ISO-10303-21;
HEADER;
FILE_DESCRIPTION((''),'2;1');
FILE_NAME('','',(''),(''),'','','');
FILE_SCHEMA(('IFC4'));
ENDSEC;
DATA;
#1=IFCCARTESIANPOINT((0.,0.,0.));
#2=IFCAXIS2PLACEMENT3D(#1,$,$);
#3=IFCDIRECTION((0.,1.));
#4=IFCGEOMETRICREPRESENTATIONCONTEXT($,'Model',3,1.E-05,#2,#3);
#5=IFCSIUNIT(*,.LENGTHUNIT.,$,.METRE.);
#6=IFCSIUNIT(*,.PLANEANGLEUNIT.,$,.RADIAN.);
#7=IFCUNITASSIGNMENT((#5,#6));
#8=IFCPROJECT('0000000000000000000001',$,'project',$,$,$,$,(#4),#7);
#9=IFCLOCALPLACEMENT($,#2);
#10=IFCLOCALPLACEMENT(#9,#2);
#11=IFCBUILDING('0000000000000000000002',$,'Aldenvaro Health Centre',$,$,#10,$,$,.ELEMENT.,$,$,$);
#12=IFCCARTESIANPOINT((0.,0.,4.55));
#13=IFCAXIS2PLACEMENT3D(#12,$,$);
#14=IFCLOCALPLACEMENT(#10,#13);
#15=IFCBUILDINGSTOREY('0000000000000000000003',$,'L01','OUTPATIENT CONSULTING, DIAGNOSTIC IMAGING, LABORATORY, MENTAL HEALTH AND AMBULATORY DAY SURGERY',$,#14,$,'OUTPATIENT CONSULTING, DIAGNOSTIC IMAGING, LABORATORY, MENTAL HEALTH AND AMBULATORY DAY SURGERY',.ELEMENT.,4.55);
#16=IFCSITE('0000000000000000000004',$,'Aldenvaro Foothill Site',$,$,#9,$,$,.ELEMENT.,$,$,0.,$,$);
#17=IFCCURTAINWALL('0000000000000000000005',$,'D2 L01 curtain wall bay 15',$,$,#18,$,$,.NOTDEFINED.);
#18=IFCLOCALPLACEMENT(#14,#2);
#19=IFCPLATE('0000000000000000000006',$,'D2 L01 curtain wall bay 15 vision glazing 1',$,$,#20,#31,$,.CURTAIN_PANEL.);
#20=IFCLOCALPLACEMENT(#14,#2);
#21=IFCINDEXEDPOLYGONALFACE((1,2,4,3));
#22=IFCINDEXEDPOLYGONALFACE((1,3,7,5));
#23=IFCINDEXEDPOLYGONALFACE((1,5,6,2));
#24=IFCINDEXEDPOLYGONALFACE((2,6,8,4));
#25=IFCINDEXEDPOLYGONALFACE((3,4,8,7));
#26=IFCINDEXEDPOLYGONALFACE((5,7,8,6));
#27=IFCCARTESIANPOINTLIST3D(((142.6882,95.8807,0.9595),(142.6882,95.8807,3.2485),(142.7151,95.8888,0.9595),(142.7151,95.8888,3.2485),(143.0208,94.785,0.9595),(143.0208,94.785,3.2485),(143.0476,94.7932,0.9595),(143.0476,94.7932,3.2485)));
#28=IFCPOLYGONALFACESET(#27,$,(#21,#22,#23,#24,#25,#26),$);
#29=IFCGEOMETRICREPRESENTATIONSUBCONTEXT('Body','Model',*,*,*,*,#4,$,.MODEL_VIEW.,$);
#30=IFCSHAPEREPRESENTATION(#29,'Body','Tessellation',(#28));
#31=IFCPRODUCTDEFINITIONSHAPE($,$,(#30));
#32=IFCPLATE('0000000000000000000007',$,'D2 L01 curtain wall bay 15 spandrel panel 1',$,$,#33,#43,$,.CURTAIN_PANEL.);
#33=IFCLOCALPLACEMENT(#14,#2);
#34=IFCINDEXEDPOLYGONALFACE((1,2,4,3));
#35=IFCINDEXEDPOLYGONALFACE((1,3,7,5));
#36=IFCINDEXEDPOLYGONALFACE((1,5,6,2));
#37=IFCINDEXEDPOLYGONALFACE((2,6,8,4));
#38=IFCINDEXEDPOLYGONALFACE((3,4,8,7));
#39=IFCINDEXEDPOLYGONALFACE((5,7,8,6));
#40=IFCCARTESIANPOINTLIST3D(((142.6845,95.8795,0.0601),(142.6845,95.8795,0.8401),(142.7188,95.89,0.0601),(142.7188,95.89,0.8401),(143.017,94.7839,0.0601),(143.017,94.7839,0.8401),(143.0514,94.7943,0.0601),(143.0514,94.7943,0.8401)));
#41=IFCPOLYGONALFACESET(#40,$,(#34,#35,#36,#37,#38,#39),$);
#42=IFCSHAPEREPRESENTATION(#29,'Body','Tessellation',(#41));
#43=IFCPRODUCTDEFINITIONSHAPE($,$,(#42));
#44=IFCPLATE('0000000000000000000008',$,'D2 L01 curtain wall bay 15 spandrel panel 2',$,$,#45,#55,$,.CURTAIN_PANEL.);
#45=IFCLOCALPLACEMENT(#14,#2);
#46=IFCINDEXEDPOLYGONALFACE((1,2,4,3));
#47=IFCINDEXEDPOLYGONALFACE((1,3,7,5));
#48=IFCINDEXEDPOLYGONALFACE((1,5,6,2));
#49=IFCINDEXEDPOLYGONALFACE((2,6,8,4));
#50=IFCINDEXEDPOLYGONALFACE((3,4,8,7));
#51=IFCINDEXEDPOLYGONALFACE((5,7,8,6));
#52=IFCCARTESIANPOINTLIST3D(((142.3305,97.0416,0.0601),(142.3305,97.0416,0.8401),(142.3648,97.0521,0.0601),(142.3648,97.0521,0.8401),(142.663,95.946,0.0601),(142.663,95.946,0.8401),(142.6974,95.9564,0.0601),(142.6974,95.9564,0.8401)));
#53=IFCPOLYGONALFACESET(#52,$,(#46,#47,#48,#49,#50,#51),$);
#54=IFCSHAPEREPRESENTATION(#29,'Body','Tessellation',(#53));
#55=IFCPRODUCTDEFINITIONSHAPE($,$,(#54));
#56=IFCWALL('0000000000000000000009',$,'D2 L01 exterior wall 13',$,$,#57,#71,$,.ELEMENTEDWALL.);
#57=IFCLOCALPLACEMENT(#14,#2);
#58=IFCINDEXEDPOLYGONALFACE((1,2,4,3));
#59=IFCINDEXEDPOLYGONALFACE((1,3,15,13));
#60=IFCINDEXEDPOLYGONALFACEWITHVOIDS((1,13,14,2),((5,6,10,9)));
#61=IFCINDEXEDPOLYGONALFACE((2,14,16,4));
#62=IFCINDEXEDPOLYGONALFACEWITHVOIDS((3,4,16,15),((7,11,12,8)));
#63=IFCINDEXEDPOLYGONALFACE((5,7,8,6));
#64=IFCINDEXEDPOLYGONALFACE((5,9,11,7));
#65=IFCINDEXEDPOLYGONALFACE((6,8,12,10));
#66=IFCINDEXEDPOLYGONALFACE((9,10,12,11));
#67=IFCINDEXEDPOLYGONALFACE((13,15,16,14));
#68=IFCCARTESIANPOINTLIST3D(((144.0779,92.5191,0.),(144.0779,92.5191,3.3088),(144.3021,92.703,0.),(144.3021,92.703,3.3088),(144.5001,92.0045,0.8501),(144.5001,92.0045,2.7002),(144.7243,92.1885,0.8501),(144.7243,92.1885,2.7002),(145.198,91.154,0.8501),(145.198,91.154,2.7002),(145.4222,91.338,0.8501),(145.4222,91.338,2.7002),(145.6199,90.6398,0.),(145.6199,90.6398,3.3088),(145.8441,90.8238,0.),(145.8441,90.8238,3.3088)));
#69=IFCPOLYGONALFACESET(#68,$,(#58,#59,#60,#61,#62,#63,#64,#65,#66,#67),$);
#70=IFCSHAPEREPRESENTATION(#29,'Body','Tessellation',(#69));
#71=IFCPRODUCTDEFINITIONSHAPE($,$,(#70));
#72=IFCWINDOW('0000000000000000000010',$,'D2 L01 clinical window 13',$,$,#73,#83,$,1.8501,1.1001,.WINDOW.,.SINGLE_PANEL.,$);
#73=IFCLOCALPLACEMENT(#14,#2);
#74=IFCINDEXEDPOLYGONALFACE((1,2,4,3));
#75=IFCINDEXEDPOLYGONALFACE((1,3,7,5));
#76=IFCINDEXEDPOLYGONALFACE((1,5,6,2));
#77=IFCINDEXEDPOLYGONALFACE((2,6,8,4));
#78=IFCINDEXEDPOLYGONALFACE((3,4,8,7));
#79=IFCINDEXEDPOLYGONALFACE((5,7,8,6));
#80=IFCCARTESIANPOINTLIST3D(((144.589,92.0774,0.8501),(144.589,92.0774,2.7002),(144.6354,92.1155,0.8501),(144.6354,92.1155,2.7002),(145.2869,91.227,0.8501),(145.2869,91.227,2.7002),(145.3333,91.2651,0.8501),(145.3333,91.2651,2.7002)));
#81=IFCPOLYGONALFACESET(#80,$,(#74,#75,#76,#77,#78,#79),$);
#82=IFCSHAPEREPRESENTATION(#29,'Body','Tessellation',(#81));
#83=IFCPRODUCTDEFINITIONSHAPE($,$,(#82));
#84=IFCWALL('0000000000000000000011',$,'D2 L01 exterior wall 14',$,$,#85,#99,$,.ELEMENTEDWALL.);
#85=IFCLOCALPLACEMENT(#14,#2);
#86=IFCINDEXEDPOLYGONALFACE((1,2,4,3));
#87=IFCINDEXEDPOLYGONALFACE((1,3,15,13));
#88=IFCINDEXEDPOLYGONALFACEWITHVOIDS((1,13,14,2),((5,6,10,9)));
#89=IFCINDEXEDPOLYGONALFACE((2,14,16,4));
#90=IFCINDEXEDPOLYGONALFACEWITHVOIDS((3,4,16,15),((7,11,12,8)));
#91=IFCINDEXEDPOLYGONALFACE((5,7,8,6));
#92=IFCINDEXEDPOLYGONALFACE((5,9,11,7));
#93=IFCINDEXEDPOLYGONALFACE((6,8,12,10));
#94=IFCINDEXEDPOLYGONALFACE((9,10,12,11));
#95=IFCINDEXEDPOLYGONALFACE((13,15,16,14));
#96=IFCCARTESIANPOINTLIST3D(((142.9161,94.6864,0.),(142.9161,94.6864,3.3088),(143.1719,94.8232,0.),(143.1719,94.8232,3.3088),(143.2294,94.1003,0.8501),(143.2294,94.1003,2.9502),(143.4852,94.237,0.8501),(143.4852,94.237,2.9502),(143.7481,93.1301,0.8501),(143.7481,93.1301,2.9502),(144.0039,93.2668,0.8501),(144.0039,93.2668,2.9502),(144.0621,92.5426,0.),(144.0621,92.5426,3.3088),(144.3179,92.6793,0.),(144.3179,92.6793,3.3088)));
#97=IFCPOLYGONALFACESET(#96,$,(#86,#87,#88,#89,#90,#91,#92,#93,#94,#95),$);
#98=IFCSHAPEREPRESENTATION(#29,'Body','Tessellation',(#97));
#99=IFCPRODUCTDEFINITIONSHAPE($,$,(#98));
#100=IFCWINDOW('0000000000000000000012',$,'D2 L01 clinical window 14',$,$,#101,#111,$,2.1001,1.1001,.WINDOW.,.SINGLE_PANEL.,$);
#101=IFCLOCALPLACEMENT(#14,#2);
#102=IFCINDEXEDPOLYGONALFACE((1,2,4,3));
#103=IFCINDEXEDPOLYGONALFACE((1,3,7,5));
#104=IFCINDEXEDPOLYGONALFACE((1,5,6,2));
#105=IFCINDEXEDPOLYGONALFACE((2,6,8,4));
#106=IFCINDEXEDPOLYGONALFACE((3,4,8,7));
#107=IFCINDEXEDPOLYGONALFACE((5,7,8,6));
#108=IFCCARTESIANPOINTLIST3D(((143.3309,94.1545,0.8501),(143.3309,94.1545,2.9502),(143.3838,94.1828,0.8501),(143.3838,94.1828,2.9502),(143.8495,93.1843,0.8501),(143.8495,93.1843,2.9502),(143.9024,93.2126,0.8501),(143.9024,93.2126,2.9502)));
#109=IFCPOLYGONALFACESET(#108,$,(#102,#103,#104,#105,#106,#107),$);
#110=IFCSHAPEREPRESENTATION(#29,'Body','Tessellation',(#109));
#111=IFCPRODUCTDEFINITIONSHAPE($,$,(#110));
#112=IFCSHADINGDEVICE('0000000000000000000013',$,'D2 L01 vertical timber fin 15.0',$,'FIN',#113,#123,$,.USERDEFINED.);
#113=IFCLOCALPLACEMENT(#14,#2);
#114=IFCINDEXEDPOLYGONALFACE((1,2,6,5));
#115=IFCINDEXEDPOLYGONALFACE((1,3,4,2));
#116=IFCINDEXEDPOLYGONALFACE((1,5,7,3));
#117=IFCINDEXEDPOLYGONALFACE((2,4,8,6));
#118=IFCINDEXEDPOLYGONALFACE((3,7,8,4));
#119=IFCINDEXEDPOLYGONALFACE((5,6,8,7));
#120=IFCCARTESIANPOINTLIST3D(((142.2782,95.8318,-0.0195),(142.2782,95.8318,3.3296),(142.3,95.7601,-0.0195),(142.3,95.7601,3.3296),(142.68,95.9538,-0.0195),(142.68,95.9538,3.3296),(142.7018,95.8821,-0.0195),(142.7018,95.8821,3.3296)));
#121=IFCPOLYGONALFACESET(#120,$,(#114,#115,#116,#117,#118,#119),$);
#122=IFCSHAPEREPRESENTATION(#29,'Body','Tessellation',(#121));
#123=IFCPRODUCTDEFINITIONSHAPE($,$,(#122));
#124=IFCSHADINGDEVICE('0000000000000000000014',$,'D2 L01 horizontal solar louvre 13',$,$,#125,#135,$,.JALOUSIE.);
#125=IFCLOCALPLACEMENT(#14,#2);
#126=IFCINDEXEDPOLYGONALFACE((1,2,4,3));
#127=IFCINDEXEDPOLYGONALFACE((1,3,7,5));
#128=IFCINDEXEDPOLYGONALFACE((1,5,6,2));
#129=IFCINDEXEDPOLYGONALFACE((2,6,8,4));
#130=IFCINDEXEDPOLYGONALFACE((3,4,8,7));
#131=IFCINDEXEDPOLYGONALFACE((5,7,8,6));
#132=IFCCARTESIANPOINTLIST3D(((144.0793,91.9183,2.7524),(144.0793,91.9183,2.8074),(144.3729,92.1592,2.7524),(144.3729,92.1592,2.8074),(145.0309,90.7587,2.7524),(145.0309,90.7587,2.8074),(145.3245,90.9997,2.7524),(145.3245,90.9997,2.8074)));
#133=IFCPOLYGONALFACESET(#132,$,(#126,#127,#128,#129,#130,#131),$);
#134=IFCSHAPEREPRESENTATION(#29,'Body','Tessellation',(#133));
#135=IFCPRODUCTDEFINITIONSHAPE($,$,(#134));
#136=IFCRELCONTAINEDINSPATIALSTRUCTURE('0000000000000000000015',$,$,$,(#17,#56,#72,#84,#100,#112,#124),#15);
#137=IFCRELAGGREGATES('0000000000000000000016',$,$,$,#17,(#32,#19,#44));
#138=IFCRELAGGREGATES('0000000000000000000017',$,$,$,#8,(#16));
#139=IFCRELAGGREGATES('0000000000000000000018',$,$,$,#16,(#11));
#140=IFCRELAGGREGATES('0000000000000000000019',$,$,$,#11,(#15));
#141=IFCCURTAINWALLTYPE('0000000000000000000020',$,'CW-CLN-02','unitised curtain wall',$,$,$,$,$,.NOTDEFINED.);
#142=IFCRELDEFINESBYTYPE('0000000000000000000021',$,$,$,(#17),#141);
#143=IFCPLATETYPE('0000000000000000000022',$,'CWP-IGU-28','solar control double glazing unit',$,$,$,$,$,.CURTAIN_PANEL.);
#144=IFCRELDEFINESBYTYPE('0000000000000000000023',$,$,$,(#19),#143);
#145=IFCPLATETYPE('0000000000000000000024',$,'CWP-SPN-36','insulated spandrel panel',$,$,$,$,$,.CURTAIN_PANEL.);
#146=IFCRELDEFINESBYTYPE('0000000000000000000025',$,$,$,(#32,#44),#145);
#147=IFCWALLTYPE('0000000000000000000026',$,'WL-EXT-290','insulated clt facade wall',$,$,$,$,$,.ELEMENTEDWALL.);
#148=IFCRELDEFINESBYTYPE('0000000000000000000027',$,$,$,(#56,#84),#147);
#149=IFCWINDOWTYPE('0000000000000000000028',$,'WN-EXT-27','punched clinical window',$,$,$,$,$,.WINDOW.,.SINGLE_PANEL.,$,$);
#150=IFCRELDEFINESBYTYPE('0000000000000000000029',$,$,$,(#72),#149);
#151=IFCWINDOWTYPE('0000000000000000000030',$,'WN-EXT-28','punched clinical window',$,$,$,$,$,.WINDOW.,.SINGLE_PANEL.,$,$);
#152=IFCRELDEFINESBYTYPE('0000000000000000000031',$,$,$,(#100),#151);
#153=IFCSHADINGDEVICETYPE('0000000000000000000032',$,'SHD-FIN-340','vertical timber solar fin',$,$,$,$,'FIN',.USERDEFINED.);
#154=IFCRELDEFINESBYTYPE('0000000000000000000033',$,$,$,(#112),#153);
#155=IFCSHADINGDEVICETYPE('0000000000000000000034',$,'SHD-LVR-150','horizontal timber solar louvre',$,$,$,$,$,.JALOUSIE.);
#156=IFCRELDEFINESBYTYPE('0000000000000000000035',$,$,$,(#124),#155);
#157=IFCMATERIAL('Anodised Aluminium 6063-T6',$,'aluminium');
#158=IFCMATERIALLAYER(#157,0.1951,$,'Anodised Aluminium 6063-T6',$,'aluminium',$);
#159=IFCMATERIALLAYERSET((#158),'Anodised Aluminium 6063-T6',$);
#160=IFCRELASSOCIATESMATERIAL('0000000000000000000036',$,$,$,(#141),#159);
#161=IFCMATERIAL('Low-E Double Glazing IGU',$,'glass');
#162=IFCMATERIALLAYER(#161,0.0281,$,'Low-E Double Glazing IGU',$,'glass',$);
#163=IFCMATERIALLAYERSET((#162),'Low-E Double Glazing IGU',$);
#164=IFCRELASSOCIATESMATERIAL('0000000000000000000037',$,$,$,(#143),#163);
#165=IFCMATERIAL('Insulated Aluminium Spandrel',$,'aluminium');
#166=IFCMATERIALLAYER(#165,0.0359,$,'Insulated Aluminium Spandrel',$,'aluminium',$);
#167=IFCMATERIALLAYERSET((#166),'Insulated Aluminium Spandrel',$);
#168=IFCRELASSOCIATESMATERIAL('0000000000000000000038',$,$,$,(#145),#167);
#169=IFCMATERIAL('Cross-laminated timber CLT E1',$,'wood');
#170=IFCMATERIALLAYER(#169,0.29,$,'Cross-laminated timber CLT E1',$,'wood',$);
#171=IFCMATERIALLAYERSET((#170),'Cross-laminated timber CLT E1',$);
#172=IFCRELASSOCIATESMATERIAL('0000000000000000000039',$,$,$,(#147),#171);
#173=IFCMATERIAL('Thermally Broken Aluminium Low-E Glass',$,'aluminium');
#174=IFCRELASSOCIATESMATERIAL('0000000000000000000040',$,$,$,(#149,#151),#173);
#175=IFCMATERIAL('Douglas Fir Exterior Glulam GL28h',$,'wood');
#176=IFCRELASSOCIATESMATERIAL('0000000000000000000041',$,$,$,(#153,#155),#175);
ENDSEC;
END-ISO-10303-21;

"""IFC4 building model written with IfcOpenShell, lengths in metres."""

from ifc_helpers import new_model, si_unit, direction, frame, frame_2d, origin, origin_2d, place, context, subcontext, project, spatial, rectangle, extrude, material, layer, layer_set, type_object, element, fill, aggregate, save


model = new_model("IFC4")

# Units and contexts
model_context = context("Model", 3, precision=1e-05, world=origin(), true_north=direction((0.0, 1.0)))
body_context = subcontext(model_context, "Body", "Model", "MODEL_VIEW")
ifc_project = project(units=[si_unit("LENGTHUNIT", "METRE"), si_unit("PLANEANGLEUNIT", "RADIAN")], contexts=[model_context])

# Site, building, storey
site_placement = place(None, origin())
site = spatial("IfcSite", under=ifc_project, at=site_placement, Name="Aldenvaro Foothill Site", CompositionType="ELEMENT", RefElevation=0.0)
building_placement = place(site_placement, origin())
building = spatial("IfcBuilding", under=site, at=building_placement, Name="Aldenvaro Health Centre", CompositionType="ELEMENT")
storey_placement = place(building_placement, frame((0.0, 0.0, 4.55)))
storey = spatial("IfcBuildingStorey", under=building, at=storey_placement, Name="L01", Description="OUTPATIENT CONSULTING, DIAGNOSTIC IMAGING, LABORATORY, MENTAL HEALTH AND AMBULATORY DAY SURGERY", LongName="OUTPATIENT CONSULTING, DIAGNOSTIC IMAGING, LABORATORY, MENTAL HEALTH AND AMBULATORY DAY SURGERY", CompositionType="ELEMENT", Elevation=4.55)

# Curtain wall
ifc_material_1 = material(Name="Anodised Aluminium 6063-T6", Category="aluminium")
ifc_layer_1 = layer(ifc_material_1, 0.1951, Name="Anodised Aluminium 6063-T6", Category="aluminium")
ifc_layer_set_1 = layer_set([ifc_layer_1], Name="Anodised Aluminium 6063-T6")
curtain_wall_type = type_object("IfcCurtainWallType", Name="CW-CLN-02", Description="unitised curtain wall", PredefinedType="NOTDEFINED", material=ifc_layer_set_1)
curtain_wall_placement = place(storey_placement, origin())
curtain_wall = element("IfcCurtainWall", 1, at=curtain_wall_placement, inside=storey, type_object=curtain_wall_type, Name="D2 L01 curtain wall bay 15", PredefinedType="NOTDEFINED")

# Plates
ifc_material_2 = material(Name="Low-E Double Glazing IGU", Category="glass")
ifc_layer_2 = layer(ifc_material_2, 0.0281, Name="Low-E Double Glazing IGU", Category="glass")
ifc_layer_set_2 = layer_set([ifc_layer_2], Name="Low-E Double Glazing IGU")
plate_type_1 = type_object("IfcPlateType", Name="CWP-IGU-28", Description="solar control double glazing unit", PredefinedType="CURTAIN_PANEL", material=ifc_layer_set_2)
plate_1_placement = place(storey_placement, frame((142.8679, 95.3369, 0.9595), z_axis=(0.0, 0.0, 1.0), x_axis=(-0.290441, 0.956893, 0.0)))
plate_1 = element("IfcPlate", 2, at=plate_1_placement, type_object=plate_type_1, Name="D2 L01 curtain wall bay 15 vision glazing 1", PredefinedType="CURTAIN_PANEL", context=body_context, shape_type="SweptSolid", body=[
    extrude(rectangle(XDim=1.145, YDim=0.0281, at=origin_2d()), origin(), (0.0, 0.0, 1.0), 2.2891),
])
ifc_material_3 = material(Name="Insulated Aluminium Spandrel", Category="aluminium")
ifc_layer_3 = layer(ifc_material_3, 0.0359, Name="Insulated Aluminium Spandrel", Category="aluminium")
ifc_layer_set_3 = layer_set([ifc_layer_3], Name="Insulated Aluminium Spandrel")
plate_type_2 = type_object("IfcPlateType", Name="CWP-SPN-36", Description="insulated spandrel panel", PredefinedType="CURTAIN_PANEL", material=ifc_layer_set_3)
plate_2_placement = place(storey_placement, frame((142.8679, 95.3369, 0.0601), z_axis=(0.0, 0.0, 1.0), x_axis=(-0.290441, 0.956893, 0.0)))
plate_2 = element("IfcPlate", 3, at=plate_2_placement, type_object=plate_type_2, Name="D2 L01 curtain wall bay 15 spandrel panel 1", PredefinedType="CURTAIN_PANEL", context=body_context, shape_type="SweptSolid", body=[
    extrude(rectangle(XDim=1.145, YDim=0.0359, at=origin_2d()), origin(), (0.0, 0.0, 1.0), 0.78),
])
plate_3_placement = place(storey_placement, frame((142.5139, 96.499, 0.0601), z_axis=(0.0, 0.0, 1.0), x_axis=(-0.290441, 0.956893, 0.0)))
plate_3 = element("IfcPlate", 4, at=plate_3_placement, type_object=plate_type_2, Name="D2 L01 curtain wall bay 15 spandrel panel 2", PredefinedType="CURTAIN_PANEL", context=body_context, shape_type="SweptSolid", body=[
    extrude(rectangle(XDim=1.145, YDim=0.0359, at=origin_2d()), origin(), (0.0, 0.0, 1.0), 0.78),
])
aggregate(curtain_wall, [plate_2, plate_1, plate_3])

# Walls, openings, windows
ifc_material_4 = material(Name="Cross-laminated timber CLT E1", Category="wood")
ifc_layer_4 = layer(ifc_material_4, 0.29, Name="Cross-laminated timber CLT E1", Category="wood")
ifc_layer_set_4 = layer_set([ifc_layer_4], Name="Cross-laminated timber CLT E1")
wall_type = type_object("IfcWallType", Name="WL-EXT-290", Description="insulated clt facade wall", PredefinedType="ELEMENTEDWALL", material=ifc_layer_set_4)
wall_1_placement = place(storey_placement, frame((145.7319, 90.7319, 0.0), z_axis=(0.0, 0.0, 1.0), x_axis=(-0.634347, 0.773048, 0.0)))
wall_1 = element("IfcWall", 5, at=wall_1_placement, inside=storey, type_object=wall_type, Name="D2 L01 exterior wall 13", PredefinedType="ELEMENTEDWALL", context=body_context, shape_type="SweptSolid", body=[
    extrude(rectangle(XDim=2.4309, YDim=0.29, at=frame_2d((1.2153, 0.0))), origin(), (0.0, 0.0, 1.0), 3.3088),
])
opening_1_placement = place(wall_1_placement, frame((0.665, 0.0, 0.8501)))
opening_1 = element("IfcOpeningElement", 6, at=opening_1_placement, cuts=wall_1, PredefinedType="OPENING", context=body_context, shape_type="SweptSolid", body=[
    extrude(rectangle(XDim=1.1001, YDim=1.8501, at=frame_2d((0.55, 0.925))), frame((0.0, 0.155, 0.0), z_axis=(0.0, -1.0, 0.0), x_axis=(1.0, 0.0, 0.0)), (0.0, 0.0, 1.0), 0.3101),
])
ifc_material_5 = material(Name="Thermally Broken Aluminium Low-E Glass", Category="aluminium")
window_type_1 = type_object("IfcWindowType", Name="WN-EXT-27", Description="punched clinical window", PartitioningType="SINGLE_PANEL", PredefinedType="WINDOW", material=ifc_material_5)
window_1_placement = place(opening_1_placement, origin())
window_1 = element("IfcWindow", 7, at=window_1_placement, inside=storey, type_object=window_type_1, Name="D2 L01 clinical window 13", OverallHeight=1.8501, OverallWidth=1.1001, PartitioningType="SINGLE_PANEL", PredefinedType="WINDOW", context=body_context, shape_type="SweptSolid", body=[
    extrude(rectangle(XDim=1.1001, YDim=1.8501, at=frame_2d((0.55, 0.925))), frame((0.0, 0.03, 0.0), z_axis=(0.0, -1.0, 0.0), x_axis=(1.0, 0.0, 0.0)), (0.0, 0.0, 1.0), 0.0601),
])
fill(opening_1, window_1)
wall_2_placement = place(storey_placement, frame((144.1899, 92.6111, 0.0), z_axis=(0.0, 0.0, 1.0), x_axis=(-0.471432, 0.881902, 0.0)))
wall_2 = element("IfcWall", 8, at=wall_2_placement, inside=storey, type_object=wall_type, Name="D2 L01 exterior wall 14", PredefinedType="ELEMENTEDWALL", context=body_context, shape_type="SweptSolid", body=[
    extrude(rectangle(XDim=2.4309, YDim=0.29, at=frame_2d((1.2153, 0.0))), origin(), (0.0, 0.0, 1.0), 3.3088),
])
opening_2_placement = place(wall_2_placement, frame((0.666, 0.0, 0.8501)))
opening_2 = element("IfcOpeningElement", 9, at=opening_2_placement, cuts=wall_2, PredefinedType="OPENING", context=body_context, shape_type="SweptSolid", body=[
    extrude(rectangle(XDim=1.1001, YDim=2.1001, at=frame_2d((0.55, 1.05))), frame((0.0, 0.155, 0.0), z_axis=(0.0, -1.0, 0.0), x_axis=(1.0, 0.0, 0.0)), (0.0, 0.0, 1.0), 0.3101),
])
window_type_2 = type_object("IfcWindowType", Name="WN-EXT-28", Description="punched clinical window", PartitioningType="SINGLE_PANEL", PredefinedType="WINDOW", material=ifc_material_5)
window_2_placement = place(opening_2_placement, origin())
window_2 = element("IfcWindow", 10, at=window_2_placement, inside=storey, type_object=window_type_2, Name="D2 L01 clinical window 14", OverallHeight=2.1001, OverallWidth=1.1001, PartitioningType="SINGLE_PANEL", PredefinedType="WINDOW", context=body_context, shape_type="SweptSolid", body=[
    extrude(rectangle(XDim=1.1001, YDim=2.1001, at=frame_2d((0.55, 1.05))), frame((0.0, 0.03, 0.0), z_axis=(0.0, -1.0, 0.0), x_axis=(1.0, 0.0, 0.0)), (0.0, 0.0, 1.0), 0.0601),
])
fill(opening_2, window_2)

# Shading devices
ifc_material_6 = material(Name="Douglas Fir Exterior Glulam GL28h", Category="wood")
shading_device_type_1 = type_object("IfcShadingDeviceType", Name="SHD-FIN-340", Description="vertical timber solar fin", ElementType="FIN", PredefinedType="USERDEFINED", material=ifc_material_6)
shading_device_1_placement = place(storey_placement, frame((142.49, 95.8569, -0.0195), z_axis=(0.0, 0.0, 1.0), x_axis=(-0.290441, 0.956893, 0.0)))
element("IfcShadingDevice", 11, at=shading_device_1_placement, inside=storey, type_object=shading_device_type_1, Name="D2 L01 vertical timber fin 15.0", ObjectType="FIN", PredefinedType="USERDEFINED", context=body_context, shape_type="SweptSolid", body=[
    extrude(rectangle(XDim=0.075, YDim=0.4199, at=origin_2d()), origin(), (0.0, 0.0, 1.0), 3.3491),
])
shading_device_type_2 = type_object("IfcShadingDeviceType", Name="SHD-LVR-150", Description="horizontal timber solar louvre", PredefinedType="JALOUSIE", material=ifc_material_6)
shading_device_2_placement = place(storey_placement, frame((144.7019, 91.459, 2.7524), z_axis=(0.0, 0.0, 1.0), x_axis=(-0.63438, 0.773022, 0.0)))
element("IfcShadingDevice", 12, at=shading_device_2_placement, inside=storey, type_object=shading_device_type_2, Name="D2 L01 horizontal solar louvre 13", PredefinedType="JALOUSIE", context=body_context, shape_type="SweptSolid", body=[
    extrude(rectangle(XDim=1.5, YDim=0.3799, at=origin_2d()), origin(), (0.0, 0.0, 1.0), 0.0549),
])

save(model, "model.ifc")
